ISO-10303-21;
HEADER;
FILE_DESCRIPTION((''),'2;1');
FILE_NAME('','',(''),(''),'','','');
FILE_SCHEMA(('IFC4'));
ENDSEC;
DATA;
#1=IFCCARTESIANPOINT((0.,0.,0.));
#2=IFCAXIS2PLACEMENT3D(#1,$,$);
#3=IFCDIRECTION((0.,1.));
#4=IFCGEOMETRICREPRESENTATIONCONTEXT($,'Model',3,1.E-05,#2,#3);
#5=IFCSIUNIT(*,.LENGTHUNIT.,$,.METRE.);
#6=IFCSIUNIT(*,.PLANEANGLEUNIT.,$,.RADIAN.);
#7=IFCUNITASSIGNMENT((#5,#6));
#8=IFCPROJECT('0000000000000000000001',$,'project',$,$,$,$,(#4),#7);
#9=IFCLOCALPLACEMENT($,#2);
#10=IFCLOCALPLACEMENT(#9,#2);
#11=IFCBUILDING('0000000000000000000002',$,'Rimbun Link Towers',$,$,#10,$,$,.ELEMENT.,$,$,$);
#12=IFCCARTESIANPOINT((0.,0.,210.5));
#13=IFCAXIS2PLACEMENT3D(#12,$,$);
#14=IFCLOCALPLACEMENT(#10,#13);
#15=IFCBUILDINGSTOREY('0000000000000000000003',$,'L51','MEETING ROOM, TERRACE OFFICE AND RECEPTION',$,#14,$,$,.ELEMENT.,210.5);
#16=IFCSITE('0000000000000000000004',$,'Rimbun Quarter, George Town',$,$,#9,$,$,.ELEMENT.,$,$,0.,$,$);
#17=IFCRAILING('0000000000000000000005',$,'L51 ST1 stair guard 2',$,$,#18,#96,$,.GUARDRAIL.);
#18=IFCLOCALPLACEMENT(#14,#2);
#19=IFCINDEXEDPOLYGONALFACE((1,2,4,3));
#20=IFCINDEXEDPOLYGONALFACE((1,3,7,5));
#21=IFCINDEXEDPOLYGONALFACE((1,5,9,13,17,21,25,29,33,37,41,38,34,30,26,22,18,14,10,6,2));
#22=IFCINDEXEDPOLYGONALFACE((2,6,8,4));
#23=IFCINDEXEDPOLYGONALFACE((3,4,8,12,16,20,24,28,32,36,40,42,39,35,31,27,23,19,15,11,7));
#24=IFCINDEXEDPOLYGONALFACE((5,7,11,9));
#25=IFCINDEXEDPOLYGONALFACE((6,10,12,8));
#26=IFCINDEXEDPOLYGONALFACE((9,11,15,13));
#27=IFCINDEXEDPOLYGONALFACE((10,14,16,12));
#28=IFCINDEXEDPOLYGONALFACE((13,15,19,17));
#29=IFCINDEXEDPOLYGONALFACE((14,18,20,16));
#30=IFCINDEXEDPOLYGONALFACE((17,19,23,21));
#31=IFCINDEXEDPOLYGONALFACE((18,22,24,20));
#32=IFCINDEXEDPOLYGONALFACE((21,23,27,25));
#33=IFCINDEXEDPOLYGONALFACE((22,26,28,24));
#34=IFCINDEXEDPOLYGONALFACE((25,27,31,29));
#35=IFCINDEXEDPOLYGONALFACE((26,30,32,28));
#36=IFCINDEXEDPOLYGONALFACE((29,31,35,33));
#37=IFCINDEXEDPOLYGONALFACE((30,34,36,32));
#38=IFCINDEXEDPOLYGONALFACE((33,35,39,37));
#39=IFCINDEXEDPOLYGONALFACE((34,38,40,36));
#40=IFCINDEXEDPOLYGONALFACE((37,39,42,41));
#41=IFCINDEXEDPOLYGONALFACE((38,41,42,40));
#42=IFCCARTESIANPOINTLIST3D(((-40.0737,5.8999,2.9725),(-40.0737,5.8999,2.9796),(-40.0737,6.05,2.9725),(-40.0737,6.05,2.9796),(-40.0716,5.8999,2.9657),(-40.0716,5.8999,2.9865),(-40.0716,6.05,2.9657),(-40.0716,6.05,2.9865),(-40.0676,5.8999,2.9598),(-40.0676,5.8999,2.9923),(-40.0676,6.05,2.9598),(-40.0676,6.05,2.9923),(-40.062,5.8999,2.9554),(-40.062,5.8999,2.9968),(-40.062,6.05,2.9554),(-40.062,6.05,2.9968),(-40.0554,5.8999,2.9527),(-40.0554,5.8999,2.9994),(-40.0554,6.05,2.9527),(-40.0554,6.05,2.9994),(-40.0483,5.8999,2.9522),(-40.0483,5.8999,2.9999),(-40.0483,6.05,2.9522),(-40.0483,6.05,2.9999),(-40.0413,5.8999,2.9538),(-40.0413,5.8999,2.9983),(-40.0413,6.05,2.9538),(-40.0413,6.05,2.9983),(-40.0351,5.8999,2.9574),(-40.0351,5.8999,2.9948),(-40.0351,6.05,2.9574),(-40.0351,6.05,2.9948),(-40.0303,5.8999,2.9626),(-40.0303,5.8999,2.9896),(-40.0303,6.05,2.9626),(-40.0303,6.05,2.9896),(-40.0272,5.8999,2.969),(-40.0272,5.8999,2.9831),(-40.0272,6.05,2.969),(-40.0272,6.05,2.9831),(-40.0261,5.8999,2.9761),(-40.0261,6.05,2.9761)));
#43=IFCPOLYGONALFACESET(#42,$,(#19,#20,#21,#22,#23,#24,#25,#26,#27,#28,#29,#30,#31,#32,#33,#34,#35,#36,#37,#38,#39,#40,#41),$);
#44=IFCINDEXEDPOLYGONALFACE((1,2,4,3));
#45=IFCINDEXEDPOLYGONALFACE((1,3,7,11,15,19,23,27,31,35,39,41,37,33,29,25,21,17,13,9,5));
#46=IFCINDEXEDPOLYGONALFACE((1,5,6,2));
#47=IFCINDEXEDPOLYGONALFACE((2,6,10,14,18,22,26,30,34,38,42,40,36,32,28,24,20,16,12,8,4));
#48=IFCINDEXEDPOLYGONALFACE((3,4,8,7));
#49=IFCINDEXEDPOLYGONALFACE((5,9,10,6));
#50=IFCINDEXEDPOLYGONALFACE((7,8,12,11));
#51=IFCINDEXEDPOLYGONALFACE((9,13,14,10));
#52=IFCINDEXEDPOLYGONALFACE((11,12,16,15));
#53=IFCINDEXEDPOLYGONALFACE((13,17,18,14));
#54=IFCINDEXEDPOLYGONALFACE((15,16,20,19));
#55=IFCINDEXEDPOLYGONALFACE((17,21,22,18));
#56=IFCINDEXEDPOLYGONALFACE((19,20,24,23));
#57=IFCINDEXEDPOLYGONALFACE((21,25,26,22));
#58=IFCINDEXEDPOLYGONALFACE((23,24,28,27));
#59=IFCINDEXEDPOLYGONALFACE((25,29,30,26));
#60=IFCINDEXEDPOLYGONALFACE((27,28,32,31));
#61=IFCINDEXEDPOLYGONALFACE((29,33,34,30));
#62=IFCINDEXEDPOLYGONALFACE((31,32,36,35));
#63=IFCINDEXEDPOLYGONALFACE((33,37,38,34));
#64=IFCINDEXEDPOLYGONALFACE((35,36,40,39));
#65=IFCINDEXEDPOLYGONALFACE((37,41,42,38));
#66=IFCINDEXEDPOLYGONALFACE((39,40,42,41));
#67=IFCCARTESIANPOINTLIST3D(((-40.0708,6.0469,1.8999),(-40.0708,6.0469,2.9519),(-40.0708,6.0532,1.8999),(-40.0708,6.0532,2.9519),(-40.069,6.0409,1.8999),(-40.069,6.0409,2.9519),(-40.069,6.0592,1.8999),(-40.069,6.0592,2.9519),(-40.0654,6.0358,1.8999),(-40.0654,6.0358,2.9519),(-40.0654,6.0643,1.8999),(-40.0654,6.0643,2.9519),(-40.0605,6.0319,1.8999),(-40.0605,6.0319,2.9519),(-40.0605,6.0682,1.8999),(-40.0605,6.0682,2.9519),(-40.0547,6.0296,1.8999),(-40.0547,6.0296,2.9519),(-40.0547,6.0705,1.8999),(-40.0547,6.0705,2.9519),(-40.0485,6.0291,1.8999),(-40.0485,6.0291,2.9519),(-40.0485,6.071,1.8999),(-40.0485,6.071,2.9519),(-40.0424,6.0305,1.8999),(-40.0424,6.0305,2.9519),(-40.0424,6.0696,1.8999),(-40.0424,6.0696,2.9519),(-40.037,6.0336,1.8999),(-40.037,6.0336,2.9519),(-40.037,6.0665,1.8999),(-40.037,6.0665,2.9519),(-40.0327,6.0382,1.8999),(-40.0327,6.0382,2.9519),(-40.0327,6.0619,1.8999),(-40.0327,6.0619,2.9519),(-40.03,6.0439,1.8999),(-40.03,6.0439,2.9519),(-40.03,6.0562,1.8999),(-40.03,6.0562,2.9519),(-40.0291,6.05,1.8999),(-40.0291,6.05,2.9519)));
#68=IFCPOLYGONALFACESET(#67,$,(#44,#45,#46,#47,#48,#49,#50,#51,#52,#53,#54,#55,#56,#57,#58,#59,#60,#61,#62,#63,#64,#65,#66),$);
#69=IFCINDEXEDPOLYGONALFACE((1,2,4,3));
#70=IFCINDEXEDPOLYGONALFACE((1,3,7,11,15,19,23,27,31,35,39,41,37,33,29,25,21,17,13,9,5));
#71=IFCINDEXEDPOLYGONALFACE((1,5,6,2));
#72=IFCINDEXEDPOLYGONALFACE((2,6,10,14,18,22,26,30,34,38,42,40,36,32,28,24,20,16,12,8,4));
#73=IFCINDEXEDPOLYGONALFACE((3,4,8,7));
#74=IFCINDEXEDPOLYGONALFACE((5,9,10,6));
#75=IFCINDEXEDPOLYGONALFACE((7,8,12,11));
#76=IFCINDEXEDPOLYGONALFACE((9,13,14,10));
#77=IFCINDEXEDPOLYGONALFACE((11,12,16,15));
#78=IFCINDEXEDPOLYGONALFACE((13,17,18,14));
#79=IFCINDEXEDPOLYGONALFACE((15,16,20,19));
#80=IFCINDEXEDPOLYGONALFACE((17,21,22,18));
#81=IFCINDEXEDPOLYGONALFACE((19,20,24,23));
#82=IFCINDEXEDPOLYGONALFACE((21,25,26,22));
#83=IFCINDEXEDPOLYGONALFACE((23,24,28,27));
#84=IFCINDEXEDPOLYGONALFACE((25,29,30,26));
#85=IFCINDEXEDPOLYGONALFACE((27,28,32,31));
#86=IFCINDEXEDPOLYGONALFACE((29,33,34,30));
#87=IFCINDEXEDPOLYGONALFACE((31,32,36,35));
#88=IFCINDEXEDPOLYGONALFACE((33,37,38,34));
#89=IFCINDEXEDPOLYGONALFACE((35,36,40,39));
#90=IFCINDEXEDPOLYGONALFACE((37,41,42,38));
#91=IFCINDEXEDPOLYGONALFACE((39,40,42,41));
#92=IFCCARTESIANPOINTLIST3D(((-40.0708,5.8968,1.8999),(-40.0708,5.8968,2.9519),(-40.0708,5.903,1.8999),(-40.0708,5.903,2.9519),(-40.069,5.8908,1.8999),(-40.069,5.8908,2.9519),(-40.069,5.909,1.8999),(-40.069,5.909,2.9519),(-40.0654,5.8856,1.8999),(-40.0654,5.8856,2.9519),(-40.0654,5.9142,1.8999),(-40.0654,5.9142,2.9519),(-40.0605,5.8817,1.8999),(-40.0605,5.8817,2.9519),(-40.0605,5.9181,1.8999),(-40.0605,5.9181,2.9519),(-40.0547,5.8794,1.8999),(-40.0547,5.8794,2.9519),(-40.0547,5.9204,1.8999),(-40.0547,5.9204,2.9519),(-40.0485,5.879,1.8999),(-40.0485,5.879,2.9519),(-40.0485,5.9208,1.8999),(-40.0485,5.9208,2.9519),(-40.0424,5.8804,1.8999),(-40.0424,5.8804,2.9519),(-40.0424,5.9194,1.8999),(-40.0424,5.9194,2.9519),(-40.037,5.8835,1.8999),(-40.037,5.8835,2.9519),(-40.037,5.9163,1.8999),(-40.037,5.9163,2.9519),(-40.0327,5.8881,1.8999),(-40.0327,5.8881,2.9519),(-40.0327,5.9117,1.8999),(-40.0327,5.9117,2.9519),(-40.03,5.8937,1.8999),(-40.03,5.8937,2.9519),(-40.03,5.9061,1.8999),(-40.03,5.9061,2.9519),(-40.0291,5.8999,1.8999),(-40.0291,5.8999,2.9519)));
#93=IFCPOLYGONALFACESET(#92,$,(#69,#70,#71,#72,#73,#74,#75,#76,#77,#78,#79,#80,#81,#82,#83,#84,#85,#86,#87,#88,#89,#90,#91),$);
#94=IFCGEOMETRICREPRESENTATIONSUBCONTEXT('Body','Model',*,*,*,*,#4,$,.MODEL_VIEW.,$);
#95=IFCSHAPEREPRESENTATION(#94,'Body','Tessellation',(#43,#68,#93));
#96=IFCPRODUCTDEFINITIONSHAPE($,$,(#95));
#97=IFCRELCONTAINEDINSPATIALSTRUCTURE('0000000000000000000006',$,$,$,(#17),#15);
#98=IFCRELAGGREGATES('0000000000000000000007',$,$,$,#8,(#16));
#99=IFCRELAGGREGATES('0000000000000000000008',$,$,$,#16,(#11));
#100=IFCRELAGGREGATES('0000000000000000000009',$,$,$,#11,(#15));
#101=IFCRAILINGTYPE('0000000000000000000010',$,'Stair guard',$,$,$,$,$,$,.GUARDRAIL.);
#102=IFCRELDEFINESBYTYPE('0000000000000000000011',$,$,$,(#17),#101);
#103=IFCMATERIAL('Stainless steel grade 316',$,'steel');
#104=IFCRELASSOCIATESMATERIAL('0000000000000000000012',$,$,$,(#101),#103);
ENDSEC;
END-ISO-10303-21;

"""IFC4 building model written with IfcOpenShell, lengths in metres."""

from ifc_helpers import new_model, si_unit, direction, frame, origin, origin_2d, place, context, subcontext, project, spatial, circle, extrude, material, type_object, element, save


model = new_model("IFC4")

# Units and contexts
model_context = context("Model", 3, precision=1e-05, world=origin(), true_north=direction((0.0, 1.0)))
body_context = subcontext(model_context, "Body", "Model", "MODEL_VIEW")
ifc_project = project(units=[si_unit("LENGTHUNIT", "METRE"), si_unit("PLANEANGLEUNIT", "RADIAN")], contexts=[model_context])

# Site, building, storey
site_placement = place(None, origin())
site = spatial("IfcSite", under=ifc_project, at=site_placement, Name="Rimbun Quarter, George Town", CompositionType="ELEMENT", RefElevation=0.0)
building_placement = place(site_placement, origin())
building = spatial("IfcBuilding", under=site, at=building_placement, Name="Rimbun Link Towers", CompositionType="ELEMENT")
storey_placement = place(building_placement, frame((0.0, 0.0, 210.5)))
storey = spatial("IfcBuildingStorey", under=building, at=storey_placement, Name="L51", Description="MEETING ROOM, TERRACE OFFICE AND RECEPTION", CompositionType="ELEMENT", Elevation=210.5)

# Railing
ifc_material_1 = material(Name="Stainless steel grade 316", Category="steel")
railing_type_1 = type_object("IfcRailingType", Name="Stair guard", PredefinedType="GUARDRAIL", material=ifc_material_1)
railing_1_placement = place(storey_placement, frame((-40.05, 6.05, 1.8999)))
element("IfcRailing", 1, at=railing_1_placement, inside=storey, type_object=railing_type_1, Name="L51 ST1 stair guard 2", PredefinedType="GUARDRAIL", context=body_context, shape_type="SweptSolid", body=[
    extrude(circle(Radius=0.0239, at=origin_2d()), frame((0.0, 0.0, 1.0762), z_axis=(0.0, -1.0, 0.0), x_axis=(1.0, 0.0, 0.0)), (0.0, 0.0, 1.0), 0.1501),
    extrude(circle(Radius=0.021, at=origin_2d()), origin(), (0.0, 0.0, 1.0), 1.052),
    extrude(circle(Radius=0.021, at=origin_2d()), frame((0.0, -0.1501, 0.0)), (0.0, 0.0, 1.0), 1.052),
])

save(model, "model.ifc")
